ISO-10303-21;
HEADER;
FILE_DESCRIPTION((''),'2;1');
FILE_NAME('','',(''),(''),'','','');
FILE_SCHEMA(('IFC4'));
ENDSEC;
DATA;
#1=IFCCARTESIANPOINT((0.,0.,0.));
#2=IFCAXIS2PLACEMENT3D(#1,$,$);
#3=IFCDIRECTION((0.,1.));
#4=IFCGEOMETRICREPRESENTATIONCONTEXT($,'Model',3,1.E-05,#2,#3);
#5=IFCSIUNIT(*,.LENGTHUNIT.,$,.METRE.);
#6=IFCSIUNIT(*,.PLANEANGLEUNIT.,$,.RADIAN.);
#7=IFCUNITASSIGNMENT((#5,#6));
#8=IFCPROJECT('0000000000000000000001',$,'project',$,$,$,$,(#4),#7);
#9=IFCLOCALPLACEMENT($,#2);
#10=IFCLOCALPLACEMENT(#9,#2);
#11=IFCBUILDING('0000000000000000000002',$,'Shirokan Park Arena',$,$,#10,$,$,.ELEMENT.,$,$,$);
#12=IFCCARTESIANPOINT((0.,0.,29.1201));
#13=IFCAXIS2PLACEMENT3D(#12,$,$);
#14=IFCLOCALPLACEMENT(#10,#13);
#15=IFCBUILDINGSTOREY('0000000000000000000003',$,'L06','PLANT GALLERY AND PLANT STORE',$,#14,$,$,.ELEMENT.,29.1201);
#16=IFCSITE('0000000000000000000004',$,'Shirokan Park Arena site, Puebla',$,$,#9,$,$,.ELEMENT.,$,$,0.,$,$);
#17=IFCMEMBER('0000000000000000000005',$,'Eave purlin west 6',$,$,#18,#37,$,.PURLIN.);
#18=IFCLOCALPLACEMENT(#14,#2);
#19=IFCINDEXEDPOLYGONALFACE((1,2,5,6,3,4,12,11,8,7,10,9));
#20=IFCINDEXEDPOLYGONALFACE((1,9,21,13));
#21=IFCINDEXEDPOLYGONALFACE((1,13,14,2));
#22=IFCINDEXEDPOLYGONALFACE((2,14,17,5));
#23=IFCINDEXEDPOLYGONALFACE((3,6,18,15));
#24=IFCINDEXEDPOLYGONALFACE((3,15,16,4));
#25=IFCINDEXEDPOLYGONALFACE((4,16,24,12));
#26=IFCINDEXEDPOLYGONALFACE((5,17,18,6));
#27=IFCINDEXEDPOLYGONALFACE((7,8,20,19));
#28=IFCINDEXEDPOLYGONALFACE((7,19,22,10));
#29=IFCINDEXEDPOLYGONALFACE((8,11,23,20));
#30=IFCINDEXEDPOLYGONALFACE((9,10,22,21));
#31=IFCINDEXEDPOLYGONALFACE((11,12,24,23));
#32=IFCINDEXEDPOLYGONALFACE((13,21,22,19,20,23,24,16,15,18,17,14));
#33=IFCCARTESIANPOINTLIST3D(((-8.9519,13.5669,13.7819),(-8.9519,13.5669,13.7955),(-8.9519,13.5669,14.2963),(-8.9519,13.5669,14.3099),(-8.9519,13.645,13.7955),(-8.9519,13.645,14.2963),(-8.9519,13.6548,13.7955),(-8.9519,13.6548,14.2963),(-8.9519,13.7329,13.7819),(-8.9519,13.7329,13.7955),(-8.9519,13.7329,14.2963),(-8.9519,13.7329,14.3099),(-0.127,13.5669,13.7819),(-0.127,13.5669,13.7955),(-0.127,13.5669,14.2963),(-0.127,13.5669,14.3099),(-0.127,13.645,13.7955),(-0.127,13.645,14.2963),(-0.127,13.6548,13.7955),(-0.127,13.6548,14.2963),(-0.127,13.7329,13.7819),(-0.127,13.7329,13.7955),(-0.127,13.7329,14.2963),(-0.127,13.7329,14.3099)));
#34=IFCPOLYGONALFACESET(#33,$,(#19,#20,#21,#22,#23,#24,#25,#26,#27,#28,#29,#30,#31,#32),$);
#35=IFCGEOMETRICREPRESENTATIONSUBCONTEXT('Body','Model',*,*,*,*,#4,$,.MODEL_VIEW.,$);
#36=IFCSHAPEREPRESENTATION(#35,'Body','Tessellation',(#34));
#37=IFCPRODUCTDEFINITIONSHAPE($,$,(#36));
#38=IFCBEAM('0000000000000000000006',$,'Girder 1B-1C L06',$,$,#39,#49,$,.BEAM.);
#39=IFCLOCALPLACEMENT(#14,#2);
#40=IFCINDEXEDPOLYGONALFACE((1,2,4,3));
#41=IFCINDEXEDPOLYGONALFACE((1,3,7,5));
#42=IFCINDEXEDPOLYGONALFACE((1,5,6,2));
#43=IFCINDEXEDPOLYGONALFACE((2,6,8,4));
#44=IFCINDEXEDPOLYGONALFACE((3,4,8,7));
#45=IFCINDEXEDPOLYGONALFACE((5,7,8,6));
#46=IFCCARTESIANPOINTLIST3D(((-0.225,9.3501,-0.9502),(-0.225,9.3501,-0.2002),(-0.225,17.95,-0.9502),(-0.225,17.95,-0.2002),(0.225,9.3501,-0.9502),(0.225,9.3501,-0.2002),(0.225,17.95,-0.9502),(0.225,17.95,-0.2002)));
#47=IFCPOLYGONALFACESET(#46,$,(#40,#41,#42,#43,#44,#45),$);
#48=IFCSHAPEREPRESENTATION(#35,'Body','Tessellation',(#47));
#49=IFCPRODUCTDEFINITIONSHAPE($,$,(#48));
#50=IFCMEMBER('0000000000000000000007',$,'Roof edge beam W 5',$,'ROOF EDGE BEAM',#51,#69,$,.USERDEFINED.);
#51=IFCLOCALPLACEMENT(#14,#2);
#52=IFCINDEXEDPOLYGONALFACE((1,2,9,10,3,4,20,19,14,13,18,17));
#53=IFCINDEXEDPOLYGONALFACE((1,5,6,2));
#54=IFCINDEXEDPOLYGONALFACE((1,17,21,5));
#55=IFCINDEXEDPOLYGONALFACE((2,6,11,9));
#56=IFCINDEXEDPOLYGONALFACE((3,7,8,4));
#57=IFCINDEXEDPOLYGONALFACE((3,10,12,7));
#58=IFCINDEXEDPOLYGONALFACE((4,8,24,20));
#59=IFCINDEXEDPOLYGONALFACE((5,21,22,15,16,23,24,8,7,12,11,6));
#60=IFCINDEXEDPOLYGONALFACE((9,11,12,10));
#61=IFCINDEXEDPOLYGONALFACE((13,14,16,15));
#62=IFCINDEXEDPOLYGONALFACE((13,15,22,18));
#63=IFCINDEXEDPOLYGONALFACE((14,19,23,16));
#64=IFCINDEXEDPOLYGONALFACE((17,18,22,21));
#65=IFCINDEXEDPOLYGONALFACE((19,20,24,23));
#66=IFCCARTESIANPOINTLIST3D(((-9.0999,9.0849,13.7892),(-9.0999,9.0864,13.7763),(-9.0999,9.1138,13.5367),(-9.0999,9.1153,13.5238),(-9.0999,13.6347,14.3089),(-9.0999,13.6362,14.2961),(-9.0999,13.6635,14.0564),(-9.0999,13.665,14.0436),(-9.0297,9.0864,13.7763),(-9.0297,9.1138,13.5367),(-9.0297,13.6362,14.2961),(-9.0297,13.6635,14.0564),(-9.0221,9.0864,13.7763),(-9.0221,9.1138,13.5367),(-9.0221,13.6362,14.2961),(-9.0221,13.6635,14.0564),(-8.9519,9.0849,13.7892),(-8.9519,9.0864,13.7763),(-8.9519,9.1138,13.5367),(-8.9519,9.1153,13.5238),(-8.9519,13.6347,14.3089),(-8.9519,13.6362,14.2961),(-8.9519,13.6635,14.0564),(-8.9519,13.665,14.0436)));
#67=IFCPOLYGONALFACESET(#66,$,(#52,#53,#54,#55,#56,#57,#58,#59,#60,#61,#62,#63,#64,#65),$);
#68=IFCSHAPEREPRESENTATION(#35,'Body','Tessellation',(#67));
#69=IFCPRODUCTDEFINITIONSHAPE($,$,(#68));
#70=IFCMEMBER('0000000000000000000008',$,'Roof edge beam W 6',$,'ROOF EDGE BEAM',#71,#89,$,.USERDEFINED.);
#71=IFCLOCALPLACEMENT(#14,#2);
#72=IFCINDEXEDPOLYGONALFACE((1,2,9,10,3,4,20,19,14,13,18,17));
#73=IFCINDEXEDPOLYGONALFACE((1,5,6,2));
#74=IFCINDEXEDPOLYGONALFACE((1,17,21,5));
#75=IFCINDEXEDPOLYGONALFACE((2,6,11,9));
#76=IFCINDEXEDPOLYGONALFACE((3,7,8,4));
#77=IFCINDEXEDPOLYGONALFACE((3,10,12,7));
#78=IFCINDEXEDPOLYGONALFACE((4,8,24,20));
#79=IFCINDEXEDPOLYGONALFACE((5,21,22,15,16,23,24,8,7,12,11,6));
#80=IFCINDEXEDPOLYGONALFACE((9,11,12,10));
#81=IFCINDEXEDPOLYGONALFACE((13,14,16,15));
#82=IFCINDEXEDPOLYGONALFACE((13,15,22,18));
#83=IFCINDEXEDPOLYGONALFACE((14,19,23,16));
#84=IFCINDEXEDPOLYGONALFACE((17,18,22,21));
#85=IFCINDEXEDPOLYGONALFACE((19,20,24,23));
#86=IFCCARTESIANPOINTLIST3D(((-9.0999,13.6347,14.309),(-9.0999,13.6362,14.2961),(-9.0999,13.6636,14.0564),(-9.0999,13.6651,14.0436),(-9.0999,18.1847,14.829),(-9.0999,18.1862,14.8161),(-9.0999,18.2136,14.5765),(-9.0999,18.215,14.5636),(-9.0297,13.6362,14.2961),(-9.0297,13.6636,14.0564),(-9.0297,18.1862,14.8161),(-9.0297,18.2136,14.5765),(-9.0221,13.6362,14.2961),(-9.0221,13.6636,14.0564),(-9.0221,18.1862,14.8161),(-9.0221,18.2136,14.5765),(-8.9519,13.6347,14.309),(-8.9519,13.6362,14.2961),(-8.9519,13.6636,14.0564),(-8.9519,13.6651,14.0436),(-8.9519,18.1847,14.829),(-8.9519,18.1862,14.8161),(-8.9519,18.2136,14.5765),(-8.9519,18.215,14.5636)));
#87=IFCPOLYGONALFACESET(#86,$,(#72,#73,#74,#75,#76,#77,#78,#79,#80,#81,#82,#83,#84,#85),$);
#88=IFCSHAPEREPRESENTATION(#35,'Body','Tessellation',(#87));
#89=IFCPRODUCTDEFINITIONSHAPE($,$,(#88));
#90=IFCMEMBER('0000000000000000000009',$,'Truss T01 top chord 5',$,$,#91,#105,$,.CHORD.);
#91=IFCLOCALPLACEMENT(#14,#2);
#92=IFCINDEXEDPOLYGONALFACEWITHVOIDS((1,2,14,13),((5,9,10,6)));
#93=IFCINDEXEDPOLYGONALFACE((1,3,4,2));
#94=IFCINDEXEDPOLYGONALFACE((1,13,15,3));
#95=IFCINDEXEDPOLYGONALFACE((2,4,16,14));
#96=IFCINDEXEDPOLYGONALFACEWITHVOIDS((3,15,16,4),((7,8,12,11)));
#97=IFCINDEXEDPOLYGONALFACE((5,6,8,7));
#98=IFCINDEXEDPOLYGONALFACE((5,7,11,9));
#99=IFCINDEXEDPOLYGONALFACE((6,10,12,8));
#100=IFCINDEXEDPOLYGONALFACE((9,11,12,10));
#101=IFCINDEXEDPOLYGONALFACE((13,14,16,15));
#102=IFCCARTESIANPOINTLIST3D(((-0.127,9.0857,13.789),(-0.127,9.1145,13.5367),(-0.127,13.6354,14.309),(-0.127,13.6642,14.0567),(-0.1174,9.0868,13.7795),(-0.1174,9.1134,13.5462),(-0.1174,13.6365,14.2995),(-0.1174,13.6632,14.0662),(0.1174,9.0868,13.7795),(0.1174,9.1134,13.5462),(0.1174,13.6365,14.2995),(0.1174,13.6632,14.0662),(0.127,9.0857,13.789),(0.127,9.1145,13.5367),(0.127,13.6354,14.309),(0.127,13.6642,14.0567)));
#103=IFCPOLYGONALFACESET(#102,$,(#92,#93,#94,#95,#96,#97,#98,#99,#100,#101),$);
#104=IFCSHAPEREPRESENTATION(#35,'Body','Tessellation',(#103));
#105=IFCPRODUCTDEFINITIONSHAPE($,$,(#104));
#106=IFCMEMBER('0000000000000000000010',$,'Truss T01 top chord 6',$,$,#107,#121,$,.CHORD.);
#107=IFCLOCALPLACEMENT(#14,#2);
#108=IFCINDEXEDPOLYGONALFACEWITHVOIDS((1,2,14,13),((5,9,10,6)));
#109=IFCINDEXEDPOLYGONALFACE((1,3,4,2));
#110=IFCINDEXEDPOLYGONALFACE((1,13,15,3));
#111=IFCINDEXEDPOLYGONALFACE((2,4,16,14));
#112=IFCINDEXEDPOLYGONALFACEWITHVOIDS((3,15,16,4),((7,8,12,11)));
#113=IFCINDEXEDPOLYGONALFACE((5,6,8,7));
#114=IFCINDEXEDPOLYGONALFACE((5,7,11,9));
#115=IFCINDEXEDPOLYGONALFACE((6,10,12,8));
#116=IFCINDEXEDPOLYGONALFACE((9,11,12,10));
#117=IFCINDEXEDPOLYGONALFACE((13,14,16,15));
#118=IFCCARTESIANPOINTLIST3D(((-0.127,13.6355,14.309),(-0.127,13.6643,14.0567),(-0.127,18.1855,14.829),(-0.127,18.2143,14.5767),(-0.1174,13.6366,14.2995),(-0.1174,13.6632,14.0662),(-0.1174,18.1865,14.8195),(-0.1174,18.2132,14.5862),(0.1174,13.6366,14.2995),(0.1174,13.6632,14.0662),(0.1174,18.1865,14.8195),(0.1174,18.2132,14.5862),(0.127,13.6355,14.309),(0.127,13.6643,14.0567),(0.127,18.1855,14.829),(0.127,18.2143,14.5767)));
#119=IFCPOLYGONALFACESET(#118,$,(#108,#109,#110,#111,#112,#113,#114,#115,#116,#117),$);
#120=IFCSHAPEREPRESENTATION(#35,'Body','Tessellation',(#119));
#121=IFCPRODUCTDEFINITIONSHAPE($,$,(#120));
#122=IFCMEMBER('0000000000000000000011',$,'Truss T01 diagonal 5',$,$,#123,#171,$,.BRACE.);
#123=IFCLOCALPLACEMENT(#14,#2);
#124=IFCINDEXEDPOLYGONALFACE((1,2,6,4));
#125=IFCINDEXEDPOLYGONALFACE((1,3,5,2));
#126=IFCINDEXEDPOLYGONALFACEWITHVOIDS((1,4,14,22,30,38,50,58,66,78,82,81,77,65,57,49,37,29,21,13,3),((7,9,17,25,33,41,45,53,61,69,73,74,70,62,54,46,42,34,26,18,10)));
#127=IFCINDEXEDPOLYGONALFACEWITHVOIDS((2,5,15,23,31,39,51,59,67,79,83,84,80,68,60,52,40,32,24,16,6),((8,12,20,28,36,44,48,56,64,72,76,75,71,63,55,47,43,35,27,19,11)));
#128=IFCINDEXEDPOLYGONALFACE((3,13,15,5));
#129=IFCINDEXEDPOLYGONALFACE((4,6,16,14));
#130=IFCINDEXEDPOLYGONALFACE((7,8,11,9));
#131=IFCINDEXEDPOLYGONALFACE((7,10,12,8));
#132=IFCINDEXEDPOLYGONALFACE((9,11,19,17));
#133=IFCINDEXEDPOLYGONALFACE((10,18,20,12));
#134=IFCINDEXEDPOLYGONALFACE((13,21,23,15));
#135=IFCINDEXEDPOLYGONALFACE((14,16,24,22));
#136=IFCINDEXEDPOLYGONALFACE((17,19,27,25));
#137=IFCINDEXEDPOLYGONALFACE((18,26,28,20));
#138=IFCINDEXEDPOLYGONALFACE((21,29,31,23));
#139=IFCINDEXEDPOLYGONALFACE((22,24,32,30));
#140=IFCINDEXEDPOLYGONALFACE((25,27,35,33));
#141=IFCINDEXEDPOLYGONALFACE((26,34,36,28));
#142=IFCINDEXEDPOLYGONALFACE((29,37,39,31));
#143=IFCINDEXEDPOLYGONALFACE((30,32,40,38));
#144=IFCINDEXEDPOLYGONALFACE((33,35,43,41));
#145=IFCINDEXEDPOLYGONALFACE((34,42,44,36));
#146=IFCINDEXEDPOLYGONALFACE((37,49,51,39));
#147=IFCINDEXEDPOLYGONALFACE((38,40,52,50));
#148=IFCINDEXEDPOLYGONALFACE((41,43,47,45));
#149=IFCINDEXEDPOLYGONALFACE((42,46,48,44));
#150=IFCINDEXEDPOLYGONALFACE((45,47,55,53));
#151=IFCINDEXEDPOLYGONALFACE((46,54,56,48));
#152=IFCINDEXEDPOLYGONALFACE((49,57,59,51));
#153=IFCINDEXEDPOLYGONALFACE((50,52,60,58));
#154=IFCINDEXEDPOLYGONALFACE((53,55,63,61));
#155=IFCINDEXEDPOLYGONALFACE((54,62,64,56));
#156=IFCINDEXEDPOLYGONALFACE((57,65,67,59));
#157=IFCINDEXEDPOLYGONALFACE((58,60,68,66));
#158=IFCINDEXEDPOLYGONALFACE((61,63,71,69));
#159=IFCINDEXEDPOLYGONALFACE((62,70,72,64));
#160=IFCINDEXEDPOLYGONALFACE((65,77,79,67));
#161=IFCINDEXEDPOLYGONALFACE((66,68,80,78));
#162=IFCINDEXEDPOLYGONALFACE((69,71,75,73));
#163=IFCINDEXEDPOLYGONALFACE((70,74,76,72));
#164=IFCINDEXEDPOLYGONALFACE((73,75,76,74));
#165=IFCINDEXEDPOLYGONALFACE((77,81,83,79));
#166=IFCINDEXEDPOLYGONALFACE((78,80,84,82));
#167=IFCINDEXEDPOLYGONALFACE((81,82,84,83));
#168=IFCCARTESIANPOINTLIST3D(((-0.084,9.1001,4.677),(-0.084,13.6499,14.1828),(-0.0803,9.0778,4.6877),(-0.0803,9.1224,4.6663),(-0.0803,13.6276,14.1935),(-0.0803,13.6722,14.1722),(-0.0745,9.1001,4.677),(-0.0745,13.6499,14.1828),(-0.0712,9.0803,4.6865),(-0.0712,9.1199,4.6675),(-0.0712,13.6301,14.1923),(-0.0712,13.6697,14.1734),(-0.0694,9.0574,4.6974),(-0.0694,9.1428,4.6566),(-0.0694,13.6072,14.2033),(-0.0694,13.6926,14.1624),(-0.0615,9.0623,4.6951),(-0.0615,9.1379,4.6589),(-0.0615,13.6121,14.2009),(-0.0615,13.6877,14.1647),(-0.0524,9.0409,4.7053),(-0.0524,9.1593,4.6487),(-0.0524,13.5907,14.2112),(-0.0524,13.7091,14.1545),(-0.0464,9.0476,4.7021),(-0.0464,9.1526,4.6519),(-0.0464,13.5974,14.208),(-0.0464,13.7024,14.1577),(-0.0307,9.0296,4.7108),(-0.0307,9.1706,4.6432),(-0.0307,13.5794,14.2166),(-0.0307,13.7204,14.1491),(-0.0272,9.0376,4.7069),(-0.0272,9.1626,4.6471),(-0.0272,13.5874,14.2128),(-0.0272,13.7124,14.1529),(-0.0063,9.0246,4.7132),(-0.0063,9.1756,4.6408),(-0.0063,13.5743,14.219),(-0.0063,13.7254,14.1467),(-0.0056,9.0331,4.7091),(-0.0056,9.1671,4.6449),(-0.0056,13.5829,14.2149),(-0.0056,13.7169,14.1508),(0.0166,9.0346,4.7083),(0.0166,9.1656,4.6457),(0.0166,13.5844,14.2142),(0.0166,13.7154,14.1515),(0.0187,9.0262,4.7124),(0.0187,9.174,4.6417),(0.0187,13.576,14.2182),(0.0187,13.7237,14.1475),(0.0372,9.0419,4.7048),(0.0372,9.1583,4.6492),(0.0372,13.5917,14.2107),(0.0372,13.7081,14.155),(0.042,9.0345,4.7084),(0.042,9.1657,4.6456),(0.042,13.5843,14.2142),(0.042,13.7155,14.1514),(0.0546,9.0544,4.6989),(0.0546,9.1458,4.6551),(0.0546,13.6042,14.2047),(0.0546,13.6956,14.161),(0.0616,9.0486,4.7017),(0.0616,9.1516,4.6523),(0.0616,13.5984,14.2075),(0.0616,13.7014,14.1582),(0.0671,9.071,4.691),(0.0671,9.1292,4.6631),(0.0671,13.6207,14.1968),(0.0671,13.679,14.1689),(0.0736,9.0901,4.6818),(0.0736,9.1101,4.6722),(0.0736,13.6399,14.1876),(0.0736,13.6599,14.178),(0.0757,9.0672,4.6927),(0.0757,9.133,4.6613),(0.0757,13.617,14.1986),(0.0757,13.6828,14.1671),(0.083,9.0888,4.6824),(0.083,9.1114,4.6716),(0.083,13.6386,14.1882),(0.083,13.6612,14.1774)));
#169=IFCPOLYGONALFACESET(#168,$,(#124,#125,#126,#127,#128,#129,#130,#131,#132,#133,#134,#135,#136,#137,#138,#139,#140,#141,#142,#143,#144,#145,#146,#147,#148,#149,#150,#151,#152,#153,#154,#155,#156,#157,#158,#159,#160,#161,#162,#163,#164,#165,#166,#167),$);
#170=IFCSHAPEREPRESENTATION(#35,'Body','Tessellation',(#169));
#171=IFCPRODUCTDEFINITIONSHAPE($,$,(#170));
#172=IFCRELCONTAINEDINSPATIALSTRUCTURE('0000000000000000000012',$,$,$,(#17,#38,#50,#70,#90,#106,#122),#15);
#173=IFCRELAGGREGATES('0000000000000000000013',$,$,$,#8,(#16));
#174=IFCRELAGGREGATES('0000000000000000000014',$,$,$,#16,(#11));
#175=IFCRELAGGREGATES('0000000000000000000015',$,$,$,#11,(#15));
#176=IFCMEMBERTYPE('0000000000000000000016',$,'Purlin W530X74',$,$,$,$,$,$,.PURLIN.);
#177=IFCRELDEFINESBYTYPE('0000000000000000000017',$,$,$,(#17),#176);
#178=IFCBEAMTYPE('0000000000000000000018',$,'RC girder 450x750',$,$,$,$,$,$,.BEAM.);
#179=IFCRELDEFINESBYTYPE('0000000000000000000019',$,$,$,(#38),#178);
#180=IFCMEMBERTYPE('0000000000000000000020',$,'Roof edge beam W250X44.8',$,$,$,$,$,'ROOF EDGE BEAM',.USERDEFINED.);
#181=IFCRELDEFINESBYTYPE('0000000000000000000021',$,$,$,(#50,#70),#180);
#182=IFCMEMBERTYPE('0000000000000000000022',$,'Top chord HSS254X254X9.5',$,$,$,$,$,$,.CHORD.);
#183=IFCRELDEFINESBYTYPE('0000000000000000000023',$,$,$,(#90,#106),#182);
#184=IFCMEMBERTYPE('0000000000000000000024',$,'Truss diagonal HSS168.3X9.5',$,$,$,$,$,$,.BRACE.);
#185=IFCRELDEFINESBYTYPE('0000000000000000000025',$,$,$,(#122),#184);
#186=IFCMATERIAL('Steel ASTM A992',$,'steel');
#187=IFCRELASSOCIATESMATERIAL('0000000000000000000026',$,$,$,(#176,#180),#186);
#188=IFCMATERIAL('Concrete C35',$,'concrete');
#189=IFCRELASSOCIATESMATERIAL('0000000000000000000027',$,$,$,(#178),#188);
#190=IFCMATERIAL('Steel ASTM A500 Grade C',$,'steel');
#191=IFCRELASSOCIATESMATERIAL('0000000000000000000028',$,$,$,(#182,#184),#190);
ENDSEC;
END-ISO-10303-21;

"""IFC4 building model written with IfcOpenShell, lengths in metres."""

from ifc_helpers import new_model, si_unit, direction, frame, origin, origin_2d, place, context, subcontext, project, spatial, rectangle, hollow_rectangle, hollow_circle, i_section, extrude, material, material_profile, profile_set, type_object, element, save


model = new_model("IFC4")

# Units and contexts
model_context = context("Model", 3, precision=1e-05, world=origin(), true_north=direction((0.0, 1.0)))
body_context = subcontext(model_context, "Body", "Model", "MODEL_VIEW")
ifc_project = project(units=[si_unit("LENGTHUNIT", "METRE"), si_unit("PLANEANGLEUNIT", "RADIAN")], contexts=[model_context])

# Site, building, storey
site_placement = place(None, origin())
site = spatial("IfcSite", under=ifc_project, at=site_placement, Name="Shirokan Park Arena site, Puebla", CompositionType="ELEMENT", RefElevation=0.0)
building_placement = place(site_placement, origin())
building = spatial("IfcBuilding", under=site, at=building_placement, Name="Shirokan Park Arena", CompositionType="ELEMENT")
storey_placement = place(building_placement, frame((0.0, 0.0, 29.1201)))
storey = spatial("IfcBuildingStorey", under=building, at=storey_placement, Name="L06", Description="PLANT GALLERY AND PLANT STORE", CompositionType="ELEMENT", Elevation=29.1201)

# Shared definitions
ifc_material_1 = material(Name="Concrete C35", Category="concrete")

# Member
ifc_material_2 = material(Name="Steel ASTM A500 Grade C", Category="steel")
ifc_material_3 = material(Name="Steel ASTM A992", Category="steel")
ifc_material_profile_1 = material_profile(ifc_material_3, i_section(OverallWidth=0.166, OverallDepth=0.5281, WebThickness=0.0098, FlangeThickness=0.0137, at=origin_2d()), Name="W530X74")
ifc_profile_set_1 = profile_set([ifc_material_profile_1], Name="Steel ASTM A992")
member_type_1 = type_object("IfcMemberType", Name="Purlin W530X74", PredefinedType="PURLIN", material=ifc_profile_set_1)
for number, where, z_axis, x_axis, name in (
    (1, (-8.9519, 13.6499, 14.0459), (1.0, 0.0, 0.0), (0.0, 1.0, 0.0), "Eave purlin west 6"),
):
    element("IfcMember", number, at=place(storey_placement, frame(where, z_axis=z_axis, x_axis=x_axis)), inside=storey, type_object=member_type_1, Name=name, PredefinedType="PURLIN", context=body_context, shape_type="SweptSolid", body=[
        extrude(i_section(OverallWidth=0.166, OverallDepth=0.5281, WebThickness=0.0098, FlangeThickness=0.0137, at=origin_2d()), origin(), (0.0, 0.0, 1.0), 8.825),
    ])

# Beam
ifc_material_profile_2 = material_profile(ifc_material_1, rectangle(XDim=0.45, YDim=0.75, at=origin_2d()), Name="450x750")
ifc_profile_set_2 = profile_set([ifc_material_profile_2], Name="Concrete C35")
beam_type = type_object("IfcBeamType", Name="RC girder 450x750", PredefinedType="BEAM", material=ifc_profile_set_2)
beam_placement = place(storey_placement, frame((0.0, 9.3501, -0.5752), z_axis=(0.0, 1.0, 0.0), x_axis=(-1.0, 0.0, 0.0)))
element("IfcBeam", 2, at=beam_placement, inside=storey, type_object=beam_type, Name="Girder 1B-1C L06", PredefinedType="BEAM", context=body_context, shape_type="SweptSolid", body=[
    extrude(rectangle(XDim=0.45, YDim=0.75, at=origin_2d()), origin(), (0.0, 0.0, 1.0), 8.5999),
])

# Members
ifc_material_profile_3 = material_profile(ifc_material_3, i_section(OverallWidth=0.1479, OverallDepth=0.2671, WebThickness=0.0076, FlangeThickness=0.0129, at=origin_2d()), Name="W250X44.8")
ifc_profile_set_3 = profile_set([ifc_material_profile_3], Name="Steel ASTM A992")
member_type_2 = type_object("IfcMemberType", Name="Roof edge beam W250X44.8", ElementType="ROOF EDGE BEAM", PredefinedType="USERDEFINED", material=ifc_profile_set_3)
member_1_placement = place(storey_placement, frame((-9.0259, 9.1001, 13.6565), z_axis=(0.0, 0.993538, 0.113503), x_axis=(-1.0, 0.0, 0.0)))
element("IfcMember", 3, at=member_1_placement, inside=storey, type_object=member_type_2, Name="Roof edge beam W 5", ObjectType="ROOF EDGE BEAM", PredefinedType="USERDEFINED", context=body_context, shape_type="SweptSolid", body=[
    extrude(i_section(OverallWidth=0.1479, OverallDepth=0.2671, WebThickness=0.0076, FlangeThickness=0.0129, at=origin_2d()), origin(), (0.0, 0.0, 1.0), 4.5793),
])
member_2_placement = place(storey_placement, frame((-9.0259, 13.6499, 14.1763), z_axis=(0.0, 0.993532, 0.11355), x_axis=(-1.0, 0.0, 0.0)))
element("IfcMember", 4, at=member_2_placement, inside=storey, type_object=member_type_2, Name="Roof edge beam W 6", ObjectType="ROOF EDGE BEAM", PredefinedType="USERDEFINED", context=body_context, shape_type="SweptSolid", body=[
    extrude(i_section(OverallWidth=0.1479, OverallDepth=0.2671, WebThickness=0.0076, FlangeThickness=0.0129, at=origin_2d()), origin(), (0.0, 0.0, 1.0), 4.5796),
])
ifc_material_profile_4 = material_profile(ifc_material_2, hollow_rectangle(XDim=0.2539, YDim=0.2539, WallThickness=0.0095, at=origin_2d()), Name="HSS254X254X9.5")
ifc_profile_set_4 = profile_set([ifc_material_profile_4], Name="Steel ASTM A500 Grade C")
member_type_3 = type_object("IfcMemberType", Name="Top chord HSS254X254X9.5", PredefinedType="CHORD", material=ifc_profile_set_4)
member_3_placement = place(storey_placement, frame((0.0, 9.1001, 13.6628), z_axis=(0.0, 0.993532, 0.113556), x_axis=(-1.0, 0.0, 0.0)))
element("IfcMember", 5, at=member_3_placement, inside=storey, type_object=member_type_3, Name="Truss T01 top chord 5", PredefinedType="CHORD", context=body_context, shape_type="SweptSolid", body=[
    extrude(hollow_rectangle(XDim=0.2539, YDim=0.2539, WallThickness=0.0095, at=origin_2d()), origin(), (0.0, 0.0, 1.0), 4.5793),
])
member_4_placement = place(storey_placement, frame((0.0, 13.6499, 14.1829), z_axis=(0.0, 0.993532, 0.11355), x_axis=(-1.0, 0.0, 0.0)))
element("IfcMember", 6, at=member_4_placement, inside=storey, type_object=member_type_3, Name="Truss T01 top chord 6", PredefinedType="CHORD", context=body_context, shape_type="SweptSolid", body=[
    extrude(hollow_rectangle(XDim=0.2539, YDim=0.2539, WallThickness=0.0095, at=origin_2d()), origin(), (0.0, 0.0, 1.0), 4.5796),
])
ifc_material_profile_5 = material_profile(ifc_material_2, hollow_circle(Radius=0.084, WallThickness=0.0095, at=origin_2d()), Name="HSS168.3X9.5")
ifc_profile_set_5 = profile_set([ifc_material_profile_5], Name="Steel ASTM A500 Grade C")
member_type_4 = type_object("IfcMemberType", Name="Truss diagonal HSS168.3X9.5", PredefinedType="BRACE", material=ifc_profile_set_5)
member_5_placement = place(storey_placement, frame((0.0, 9.1001, 4.677), z_axis=(0.0, 0.431728, 0.902004), x_axis=(-1.0, 0.0, 0.0)))
element("IfcMember", 7, at=member_5_placement, inside=storey, type_object=member_type_4, Name="Truss T01 diagonal 5", PredefinedType="BRACE", context=body_context, shape_type="SweptSolid", body=[
    extrude(hollow_circle(Radius=0.084, WallThickness=0.0095, at=origin_2d()), origin(), (0.0, 0.0, 1.0), 10.5386),
])

save(model, "model.ifc")
